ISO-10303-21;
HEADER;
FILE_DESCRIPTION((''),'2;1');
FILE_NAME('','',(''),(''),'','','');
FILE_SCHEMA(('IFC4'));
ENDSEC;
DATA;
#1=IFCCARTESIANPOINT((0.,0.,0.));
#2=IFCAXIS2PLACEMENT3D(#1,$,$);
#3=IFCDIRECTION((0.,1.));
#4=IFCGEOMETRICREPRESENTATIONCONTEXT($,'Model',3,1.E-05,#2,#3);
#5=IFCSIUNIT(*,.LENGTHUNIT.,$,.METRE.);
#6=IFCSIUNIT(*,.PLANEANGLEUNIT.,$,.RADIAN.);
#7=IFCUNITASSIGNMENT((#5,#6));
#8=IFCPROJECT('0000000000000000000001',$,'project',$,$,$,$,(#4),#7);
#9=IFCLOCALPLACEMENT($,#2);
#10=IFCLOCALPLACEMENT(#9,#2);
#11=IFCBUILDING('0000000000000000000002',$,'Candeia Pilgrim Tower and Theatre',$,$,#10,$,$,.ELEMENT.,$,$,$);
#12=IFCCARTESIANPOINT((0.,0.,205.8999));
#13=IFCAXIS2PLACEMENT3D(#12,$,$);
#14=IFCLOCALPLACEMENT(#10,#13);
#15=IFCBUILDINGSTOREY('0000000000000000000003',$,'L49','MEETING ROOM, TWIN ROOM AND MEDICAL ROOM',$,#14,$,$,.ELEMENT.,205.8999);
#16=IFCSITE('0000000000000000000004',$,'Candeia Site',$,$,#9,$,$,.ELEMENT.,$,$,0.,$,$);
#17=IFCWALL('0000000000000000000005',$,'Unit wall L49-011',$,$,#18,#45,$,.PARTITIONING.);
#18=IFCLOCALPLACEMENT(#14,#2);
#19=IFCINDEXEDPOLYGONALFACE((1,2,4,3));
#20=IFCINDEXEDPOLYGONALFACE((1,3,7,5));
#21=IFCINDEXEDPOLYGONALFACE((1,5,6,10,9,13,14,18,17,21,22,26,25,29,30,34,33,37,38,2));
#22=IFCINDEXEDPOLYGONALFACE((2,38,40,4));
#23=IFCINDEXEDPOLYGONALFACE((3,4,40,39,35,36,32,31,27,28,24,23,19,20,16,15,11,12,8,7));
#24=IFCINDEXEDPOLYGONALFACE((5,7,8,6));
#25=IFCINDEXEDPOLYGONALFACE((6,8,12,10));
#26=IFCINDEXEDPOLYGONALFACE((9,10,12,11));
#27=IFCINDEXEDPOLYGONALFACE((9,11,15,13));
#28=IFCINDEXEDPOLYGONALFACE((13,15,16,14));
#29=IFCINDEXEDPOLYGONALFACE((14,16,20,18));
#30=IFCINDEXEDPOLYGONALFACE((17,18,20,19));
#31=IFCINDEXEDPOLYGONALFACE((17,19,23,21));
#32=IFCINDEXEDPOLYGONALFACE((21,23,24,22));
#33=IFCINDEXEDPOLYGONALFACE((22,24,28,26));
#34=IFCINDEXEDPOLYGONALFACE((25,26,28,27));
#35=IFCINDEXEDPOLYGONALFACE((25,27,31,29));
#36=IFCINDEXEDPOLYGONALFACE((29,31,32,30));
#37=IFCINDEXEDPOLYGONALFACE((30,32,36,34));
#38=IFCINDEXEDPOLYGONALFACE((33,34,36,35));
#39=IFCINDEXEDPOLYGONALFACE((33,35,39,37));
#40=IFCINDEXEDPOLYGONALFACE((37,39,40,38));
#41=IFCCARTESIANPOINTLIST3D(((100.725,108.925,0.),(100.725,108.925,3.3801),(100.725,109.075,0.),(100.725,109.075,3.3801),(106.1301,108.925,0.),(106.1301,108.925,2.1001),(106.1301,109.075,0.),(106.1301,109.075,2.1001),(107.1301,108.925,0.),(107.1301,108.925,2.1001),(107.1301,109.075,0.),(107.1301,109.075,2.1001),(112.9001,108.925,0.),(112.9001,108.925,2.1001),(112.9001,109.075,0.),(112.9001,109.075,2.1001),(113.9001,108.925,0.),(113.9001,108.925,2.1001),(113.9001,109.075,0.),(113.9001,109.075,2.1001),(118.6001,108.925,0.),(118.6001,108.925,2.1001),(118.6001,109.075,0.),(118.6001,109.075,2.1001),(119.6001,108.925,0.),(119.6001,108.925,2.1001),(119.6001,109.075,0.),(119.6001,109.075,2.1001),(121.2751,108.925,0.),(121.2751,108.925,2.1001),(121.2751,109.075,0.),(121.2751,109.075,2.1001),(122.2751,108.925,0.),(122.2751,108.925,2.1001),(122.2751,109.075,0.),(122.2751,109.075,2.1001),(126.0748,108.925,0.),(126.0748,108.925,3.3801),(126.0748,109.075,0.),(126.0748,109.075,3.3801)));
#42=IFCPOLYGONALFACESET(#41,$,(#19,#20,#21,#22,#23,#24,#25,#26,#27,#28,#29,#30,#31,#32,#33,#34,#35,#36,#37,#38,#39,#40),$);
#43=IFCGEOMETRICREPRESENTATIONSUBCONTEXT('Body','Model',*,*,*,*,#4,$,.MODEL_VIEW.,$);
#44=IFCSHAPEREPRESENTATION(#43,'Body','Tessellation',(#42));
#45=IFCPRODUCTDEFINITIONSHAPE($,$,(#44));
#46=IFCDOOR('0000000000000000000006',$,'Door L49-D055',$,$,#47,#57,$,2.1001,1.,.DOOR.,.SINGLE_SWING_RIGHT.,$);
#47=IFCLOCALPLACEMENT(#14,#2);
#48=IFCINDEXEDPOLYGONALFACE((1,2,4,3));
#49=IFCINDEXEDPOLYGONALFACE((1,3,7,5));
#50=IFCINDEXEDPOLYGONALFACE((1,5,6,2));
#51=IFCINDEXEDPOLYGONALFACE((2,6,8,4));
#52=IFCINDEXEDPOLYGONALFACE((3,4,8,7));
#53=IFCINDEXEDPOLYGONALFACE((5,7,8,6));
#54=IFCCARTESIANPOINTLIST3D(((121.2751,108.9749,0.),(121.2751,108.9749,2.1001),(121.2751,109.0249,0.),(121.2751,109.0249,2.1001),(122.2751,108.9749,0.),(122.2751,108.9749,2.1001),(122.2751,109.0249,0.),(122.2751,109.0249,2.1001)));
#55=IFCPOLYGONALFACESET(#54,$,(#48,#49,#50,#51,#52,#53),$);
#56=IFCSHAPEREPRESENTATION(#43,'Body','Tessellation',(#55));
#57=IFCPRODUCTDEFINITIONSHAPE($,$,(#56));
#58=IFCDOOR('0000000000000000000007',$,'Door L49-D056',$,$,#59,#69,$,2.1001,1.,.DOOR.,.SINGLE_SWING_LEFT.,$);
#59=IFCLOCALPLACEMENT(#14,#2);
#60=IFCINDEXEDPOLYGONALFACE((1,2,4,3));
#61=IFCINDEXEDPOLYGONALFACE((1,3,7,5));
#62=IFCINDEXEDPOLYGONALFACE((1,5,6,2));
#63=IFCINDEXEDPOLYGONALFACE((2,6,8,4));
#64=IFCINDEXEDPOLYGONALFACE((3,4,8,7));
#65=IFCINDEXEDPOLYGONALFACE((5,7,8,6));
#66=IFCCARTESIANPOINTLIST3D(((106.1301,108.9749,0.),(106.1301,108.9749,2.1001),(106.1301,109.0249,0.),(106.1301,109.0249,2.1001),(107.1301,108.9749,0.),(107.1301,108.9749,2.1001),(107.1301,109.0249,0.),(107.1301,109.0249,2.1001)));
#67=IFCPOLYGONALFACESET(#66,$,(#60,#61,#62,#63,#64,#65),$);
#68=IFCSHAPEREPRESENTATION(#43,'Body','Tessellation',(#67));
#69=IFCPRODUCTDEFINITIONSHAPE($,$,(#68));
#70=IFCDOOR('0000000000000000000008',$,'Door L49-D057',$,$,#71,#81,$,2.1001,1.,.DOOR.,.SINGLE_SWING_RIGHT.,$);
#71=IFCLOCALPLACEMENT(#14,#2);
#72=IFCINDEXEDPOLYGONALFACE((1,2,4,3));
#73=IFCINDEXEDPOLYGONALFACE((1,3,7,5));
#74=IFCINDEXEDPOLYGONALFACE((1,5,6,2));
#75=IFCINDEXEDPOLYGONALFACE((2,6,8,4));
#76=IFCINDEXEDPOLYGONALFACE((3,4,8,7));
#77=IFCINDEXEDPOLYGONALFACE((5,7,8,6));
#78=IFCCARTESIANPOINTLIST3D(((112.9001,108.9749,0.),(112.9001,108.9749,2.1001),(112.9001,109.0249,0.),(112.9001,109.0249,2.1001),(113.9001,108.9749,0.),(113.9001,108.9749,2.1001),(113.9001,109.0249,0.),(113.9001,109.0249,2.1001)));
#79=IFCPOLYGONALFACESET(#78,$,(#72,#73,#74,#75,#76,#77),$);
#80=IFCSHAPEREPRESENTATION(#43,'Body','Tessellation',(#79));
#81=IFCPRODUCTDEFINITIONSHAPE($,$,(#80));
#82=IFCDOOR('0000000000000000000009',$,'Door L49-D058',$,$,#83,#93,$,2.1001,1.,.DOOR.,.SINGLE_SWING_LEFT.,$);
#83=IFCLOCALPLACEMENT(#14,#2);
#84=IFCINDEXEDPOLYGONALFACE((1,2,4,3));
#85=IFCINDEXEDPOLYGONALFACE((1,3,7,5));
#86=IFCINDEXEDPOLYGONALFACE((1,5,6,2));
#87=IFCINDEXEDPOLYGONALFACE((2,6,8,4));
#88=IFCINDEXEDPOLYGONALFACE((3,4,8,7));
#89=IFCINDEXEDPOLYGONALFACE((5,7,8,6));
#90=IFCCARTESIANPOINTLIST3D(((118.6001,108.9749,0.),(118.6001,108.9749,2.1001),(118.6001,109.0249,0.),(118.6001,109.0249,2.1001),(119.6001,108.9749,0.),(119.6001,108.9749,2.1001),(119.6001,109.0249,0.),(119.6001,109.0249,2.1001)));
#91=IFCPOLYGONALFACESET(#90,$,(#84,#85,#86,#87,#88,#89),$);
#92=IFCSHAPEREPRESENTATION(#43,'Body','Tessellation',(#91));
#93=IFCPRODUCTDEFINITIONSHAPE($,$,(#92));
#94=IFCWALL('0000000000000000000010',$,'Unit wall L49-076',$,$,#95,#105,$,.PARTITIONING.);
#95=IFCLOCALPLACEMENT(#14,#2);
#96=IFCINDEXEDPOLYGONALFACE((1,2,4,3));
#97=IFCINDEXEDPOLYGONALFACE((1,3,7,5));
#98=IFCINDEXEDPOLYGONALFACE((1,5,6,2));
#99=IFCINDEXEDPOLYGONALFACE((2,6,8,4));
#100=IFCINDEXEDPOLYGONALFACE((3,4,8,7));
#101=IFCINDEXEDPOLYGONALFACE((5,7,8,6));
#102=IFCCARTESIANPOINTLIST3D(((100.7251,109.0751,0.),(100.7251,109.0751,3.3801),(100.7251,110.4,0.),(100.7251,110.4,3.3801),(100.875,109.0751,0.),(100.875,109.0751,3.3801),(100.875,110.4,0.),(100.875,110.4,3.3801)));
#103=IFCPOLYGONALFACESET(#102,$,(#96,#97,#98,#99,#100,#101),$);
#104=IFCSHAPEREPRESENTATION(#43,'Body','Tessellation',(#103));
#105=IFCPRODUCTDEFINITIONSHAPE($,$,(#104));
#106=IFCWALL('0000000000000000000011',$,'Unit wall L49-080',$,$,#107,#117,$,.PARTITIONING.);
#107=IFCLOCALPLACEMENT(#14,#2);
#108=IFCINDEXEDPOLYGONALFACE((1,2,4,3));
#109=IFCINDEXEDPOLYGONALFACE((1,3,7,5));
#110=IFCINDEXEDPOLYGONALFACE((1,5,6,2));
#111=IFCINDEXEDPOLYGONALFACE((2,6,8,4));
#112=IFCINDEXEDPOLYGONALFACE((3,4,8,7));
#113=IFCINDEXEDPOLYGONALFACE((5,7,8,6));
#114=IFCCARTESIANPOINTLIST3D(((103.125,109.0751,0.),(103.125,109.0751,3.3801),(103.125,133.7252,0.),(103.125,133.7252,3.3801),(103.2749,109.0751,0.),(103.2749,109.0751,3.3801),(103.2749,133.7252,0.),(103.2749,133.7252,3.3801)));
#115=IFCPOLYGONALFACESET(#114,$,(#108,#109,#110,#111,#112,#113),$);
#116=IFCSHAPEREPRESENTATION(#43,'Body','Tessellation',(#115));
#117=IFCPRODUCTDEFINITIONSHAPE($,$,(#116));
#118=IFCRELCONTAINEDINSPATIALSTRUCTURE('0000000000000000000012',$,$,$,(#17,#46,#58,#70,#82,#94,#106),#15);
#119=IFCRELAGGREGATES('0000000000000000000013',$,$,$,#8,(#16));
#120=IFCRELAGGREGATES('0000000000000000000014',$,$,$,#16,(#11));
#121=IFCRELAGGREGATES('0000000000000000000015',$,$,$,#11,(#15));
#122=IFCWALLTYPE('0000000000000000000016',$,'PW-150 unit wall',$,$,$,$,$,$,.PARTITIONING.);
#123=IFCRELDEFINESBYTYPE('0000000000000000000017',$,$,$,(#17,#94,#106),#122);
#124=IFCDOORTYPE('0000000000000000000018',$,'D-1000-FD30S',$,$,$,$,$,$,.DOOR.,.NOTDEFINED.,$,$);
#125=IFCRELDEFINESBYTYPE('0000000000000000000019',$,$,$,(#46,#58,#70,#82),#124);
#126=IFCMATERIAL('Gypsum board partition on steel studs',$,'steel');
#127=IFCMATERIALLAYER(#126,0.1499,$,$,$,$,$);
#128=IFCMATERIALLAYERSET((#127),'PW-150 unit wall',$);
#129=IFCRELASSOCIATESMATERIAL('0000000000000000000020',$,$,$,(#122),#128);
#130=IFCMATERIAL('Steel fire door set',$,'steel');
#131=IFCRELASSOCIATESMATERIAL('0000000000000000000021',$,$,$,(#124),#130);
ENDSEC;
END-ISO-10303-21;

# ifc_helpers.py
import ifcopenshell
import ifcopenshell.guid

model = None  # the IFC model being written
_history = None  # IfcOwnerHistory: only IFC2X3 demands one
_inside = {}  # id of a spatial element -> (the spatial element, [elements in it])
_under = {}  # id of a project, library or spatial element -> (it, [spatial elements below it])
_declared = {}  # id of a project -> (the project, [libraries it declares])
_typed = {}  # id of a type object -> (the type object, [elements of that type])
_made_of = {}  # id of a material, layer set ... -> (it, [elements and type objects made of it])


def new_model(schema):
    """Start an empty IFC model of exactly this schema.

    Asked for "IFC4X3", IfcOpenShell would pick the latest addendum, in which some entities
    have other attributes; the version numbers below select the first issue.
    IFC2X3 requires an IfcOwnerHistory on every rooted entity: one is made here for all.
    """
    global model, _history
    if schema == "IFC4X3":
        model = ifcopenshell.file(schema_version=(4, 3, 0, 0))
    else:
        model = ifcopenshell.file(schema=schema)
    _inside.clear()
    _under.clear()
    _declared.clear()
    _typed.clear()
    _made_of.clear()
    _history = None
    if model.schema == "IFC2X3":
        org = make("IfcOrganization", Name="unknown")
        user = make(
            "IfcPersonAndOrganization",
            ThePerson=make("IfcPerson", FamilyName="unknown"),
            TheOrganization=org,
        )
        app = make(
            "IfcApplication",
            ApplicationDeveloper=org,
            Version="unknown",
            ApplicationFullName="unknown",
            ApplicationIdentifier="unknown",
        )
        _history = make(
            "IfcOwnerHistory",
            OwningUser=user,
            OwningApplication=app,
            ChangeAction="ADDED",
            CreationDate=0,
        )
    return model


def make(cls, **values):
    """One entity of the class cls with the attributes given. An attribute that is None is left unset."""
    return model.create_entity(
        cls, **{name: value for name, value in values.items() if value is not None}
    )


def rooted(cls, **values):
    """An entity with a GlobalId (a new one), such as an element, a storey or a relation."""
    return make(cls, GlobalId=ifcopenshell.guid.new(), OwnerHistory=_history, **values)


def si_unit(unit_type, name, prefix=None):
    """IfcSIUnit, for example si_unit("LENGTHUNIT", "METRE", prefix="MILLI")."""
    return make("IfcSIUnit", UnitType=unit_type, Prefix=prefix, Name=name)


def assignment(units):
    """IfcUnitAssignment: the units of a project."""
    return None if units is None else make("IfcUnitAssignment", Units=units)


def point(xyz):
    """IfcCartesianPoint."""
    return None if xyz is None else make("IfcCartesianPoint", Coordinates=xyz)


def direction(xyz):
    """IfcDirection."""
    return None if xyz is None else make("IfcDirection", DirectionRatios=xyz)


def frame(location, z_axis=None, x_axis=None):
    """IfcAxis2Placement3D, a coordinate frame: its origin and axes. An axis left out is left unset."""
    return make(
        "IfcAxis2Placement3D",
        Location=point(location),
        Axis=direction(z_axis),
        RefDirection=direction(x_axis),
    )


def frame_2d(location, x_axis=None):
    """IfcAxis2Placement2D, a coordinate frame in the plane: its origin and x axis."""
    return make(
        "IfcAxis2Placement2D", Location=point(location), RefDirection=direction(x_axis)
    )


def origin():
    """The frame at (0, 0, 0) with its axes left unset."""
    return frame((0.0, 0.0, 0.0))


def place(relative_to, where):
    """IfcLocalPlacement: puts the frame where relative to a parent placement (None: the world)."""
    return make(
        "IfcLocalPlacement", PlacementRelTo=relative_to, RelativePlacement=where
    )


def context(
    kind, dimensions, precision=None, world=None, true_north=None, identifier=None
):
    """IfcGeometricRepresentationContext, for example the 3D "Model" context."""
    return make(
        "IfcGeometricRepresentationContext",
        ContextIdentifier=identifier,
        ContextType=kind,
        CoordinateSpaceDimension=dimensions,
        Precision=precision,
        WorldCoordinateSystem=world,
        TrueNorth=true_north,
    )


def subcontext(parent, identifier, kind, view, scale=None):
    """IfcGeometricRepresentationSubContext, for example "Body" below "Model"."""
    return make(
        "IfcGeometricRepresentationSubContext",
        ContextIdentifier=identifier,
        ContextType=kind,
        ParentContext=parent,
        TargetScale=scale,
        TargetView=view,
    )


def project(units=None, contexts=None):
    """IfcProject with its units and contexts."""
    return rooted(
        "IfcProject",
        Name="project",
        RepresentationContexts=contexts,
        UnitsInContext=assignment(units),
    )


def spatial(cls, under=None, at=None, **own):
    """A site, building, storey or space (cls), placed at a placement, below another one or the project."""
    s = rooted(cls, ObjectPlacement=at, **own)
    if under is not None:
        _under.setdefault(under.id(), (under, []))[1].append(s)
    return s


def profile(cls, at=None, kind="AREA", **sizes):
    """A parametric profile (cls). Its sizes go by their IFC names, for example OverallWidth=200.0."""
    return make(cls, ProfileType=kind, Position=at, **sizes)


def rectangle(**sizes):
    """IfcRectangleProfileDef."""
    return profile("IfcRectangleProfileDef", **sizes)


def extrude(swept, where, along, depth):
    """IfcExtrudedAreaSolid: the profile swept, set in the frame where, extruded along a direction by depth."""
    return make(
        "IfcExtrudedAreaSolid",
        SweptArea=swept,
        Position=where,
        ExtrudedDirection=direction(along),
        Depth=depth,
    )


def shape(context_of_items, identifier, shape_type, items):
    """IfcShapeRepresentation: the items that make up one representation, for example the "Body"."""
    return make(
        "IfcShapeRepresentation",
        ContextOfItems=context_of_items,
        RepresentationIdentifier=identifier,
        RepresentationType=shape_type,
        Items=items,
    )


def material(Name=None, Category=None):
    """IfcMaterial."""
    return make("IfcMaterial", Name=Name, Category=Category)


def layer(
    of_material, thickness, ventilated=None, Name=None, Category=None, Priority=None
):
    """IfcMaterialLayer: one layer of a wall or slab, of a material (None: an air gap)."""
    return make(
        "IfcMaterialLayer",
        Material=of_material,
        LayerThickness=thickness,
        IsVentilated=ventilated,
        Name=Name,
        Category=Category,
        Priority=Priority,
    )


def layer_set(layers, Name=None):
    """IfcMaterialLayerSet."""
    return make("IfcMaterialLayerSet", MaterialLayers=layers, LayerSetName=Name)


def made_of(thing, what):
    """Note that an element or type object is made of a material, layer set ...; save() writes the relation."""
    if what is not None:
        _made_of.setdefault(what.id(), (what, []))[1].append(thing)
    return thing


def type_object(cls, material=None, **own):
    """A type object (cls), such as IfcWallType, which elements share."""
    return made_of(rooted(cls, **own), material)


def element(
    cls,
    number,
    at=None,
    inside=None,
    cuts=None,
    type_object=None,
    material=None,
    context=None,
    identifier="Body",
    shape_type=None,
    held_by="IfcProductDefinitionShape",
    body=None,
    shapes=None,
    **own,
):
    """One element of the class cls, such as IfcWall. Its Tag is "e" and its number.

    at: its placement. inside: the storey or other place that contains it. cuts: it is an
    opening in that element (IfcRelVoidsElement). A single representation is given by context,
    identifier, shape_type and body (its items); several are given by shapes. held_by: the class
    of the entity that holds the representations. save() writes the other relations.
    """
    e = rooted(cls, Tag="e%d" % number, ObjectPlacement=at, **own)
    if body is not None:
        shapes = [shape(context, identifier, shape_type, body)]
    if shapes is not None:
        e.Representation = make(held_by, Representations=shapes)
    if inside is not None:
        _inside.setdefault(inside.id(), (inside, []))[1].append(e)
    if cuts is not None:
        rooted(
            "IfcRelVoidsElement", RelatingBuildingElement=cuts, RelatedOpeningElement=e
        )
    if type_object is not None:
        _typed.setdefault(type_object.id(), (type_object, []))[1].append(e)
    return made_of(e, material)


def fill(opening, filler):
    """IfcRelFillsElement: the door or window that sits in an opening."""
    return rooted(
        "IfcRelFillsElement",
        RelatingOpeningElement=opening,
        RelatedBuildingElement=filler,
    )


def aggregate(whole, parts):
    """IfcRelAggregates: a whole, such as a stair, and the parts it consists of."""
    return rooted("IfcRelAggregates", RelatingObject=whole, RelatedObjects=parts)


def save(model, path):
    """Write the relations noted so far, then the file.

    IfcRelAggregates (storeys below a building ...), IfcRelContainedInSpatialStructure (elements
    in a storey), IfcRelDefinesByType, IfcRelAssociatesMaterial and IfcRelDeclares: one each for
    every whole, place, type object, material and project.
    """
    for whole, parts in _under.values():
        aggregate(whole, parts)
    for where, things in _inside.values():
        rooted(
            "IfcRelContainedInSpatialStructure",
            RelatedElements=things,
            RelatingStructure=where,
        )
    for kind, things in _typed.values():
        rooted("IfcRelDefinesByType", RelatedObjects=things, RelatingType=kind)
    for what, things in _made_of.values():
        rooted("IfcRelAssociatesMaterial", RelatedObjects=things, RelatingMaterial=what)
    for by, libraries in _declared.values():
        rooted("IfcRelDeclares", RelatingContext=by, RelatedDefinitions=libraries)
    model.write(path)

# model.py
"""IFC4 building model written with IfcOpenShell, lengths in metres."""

from ifc_helpers import new_model, si_unit, direction, frame, frame_2d, origin, place, context, subcontext, project, spatial, rectangle, extrude, material, layer, layer_set, type_object, element, fill, save


model = new_model("IFC4")

# Units and contexts
model_context = context("Model", 3, precision=1e-05, world=origin(), true_north=direction((0.0, 1.0)))
body_context = subcontext(model_context, "Body", "Model", "MODEL_VIEW")
ifc_project = project(units=[si_unit("LENGTHUNIT", "METRE"), si_unit("PLANEANGLEUNIT", "RADIAN")], contexts=[model_context])

# Site, building, storey
site_placement = place(None, origin())
site = spatial("IfcSite", under=ifc_project, at=site_placement, Name="Candeia Site", CompositionType="ELEMENT", RefElevation=0.0)
building_placement = place(site_placement, origin())
building = spatial("IfcBuilding", under=site, at=building_placement, Name="Candeia Pilgrim Tower and Theatre", CompositionType="ELEMENT")
storey_placement = place(building_placement, frame((0.0, 0.0, 205.8999)))
storey = spatial("IfcBuildingStorey", under=building, at=storey_placement, Name="L49", Description="MEETING ROOM, TWIN ROOM AND MEDICAL ROOM", CompositionType="ELEMENT", Elevation=205.8999)

# Shared definitions
ifc_material_1 = material(Name="Steel fire door set", Category="steel")
ifc_material_2 = material(Name="Gypsum board partition on steel studs", Category="steel")

# Wall, openings, doors
ifc_layer_1 = layer(ifc_material_2, 0.1499)
ifc_layer_set_1 = layer_set([ifc_layer_1], Name="PW-150 unit wall")
wall_type_1 = type_object("IfcWallType", Name="PW-150 unit wall", PredefinedType="PARTITIONING", material=ifc_layer_set_1)
wall_1_placement = place(storey_placement, frame((100.7251, 109.0, 0.0), z_axis=(0.0, 0.0, 1.0), x_axis=(1.0, 0.0, 0.0)))
wall_1 = element("IfcWall", 1, at=wall_1_placement, inside=storey, type_object=wall_type_1, Name="Unit wall L49-011", PredefinedType="PARTITIONING", context=body_context, shape_type="SweptSolid", body=[
    extrude(rectangle(XDim=25.3499, YDim=0.1499, at=frame_2d((12.6748, 0.0))), origin(), (0.0, 0.0, 1.0), 3.3801),
])
opening_1_placement = place(wall_1_placement, frame((20.55, 0.0, 0.0)))
opening_1 = element("IfcOpeningElement", 2, at=opening_1_placement, cuts=wall_1, PredefinedType="OPENING", context=body_context, shape_type="SweptSolid", body=[
    extrude(rectangle(XDim=1.0, YDim=2.1001, at=frame_2d((0.5, 1.05))), frame((0.0, 0.085, 0.0), z_axis=(0.0, -1.0, 0.0), x_axis=(1.0, 0.0, 0.0)), (0.0, 0.0, 1.0), 0.1699),
])
opening_2_placement = place(wall_1_placement, frame((5.405, 0.0, 0.0)))
opening_2 = element("IfcOpeningElement", 3, at=opening_2_placement, cuts=wall_1, PredefinedType="OPENING", context=body_context, shape_type="SweptSolid", body=[
    extrude(rectangle(XDim=1.0, YDim=2.1001, at=frame_2d((0.5, 1.05))), frame((0.0, 0.085, 0.0), z_axis=(0.0, -1.0, 0.0), x_axis=(1.0, 0.0, 0.0)), (0.0, 0.0, 1.0), 0.1699),
])
opening_3_placement = place(wall_1_placement, frame((12.175, 0.0, 0.0)))
opening_3 = element("IfcOpeningElement", 4, at=opening_3_placement, cuts=wall_1, PredefinedType="OPENING", context=body_context, shape_type="SweptSolid", body=[
    extrude(rectangle(XDim=1.0, YDim=2.1001, at=frame_2d((0.5, 1.05))), frame((0.0, 0.085, 0.0), z_axis=(0.0, -1.0, 0.0), x_axis=(1.0, 0.0, 0.0)), (0.0, 0.0, 1.0), 0.1699),
])
opening_4_placement = place(wall_1_placement, frame((17.875, 0.0, 0.0)))
opening_4 = element("IfcOpeningElement", 5, at=opening_4_placement, cuts=wall_1, PredefinedType="OPENING", context=body_context, shape_type="SweptSolid", body=[
    extrude(rectangle(XDim=1.0, YDim=2.1001, at=frame_2d((0.5, 1.05))), frame((0.0, 0.085, 0.0), z_axis=(0.0, -1.0, 0.0), x_axis=(1.0, 0.0, 0.0)), (0.0, 0.0, 1.0), 0.1699),
])
door_type_1 = type_object("IfcDoorType", Name="D-1000-FD30S", OperationType="NOTDEFINED", PredefinedType="DOOR", material=ifc_material_1)
door_1_placement = place(opening_1_placement, origin())
door_1 = element("IfcDoor", 6, at=door_1_placement, inside=storey, type_object=door_type_1, Name="Door L49-D055", OperationType="SINGLE_SWING_RIGHT", OverallHeight=2.1001, OverallWidth=1.0, PredefinedType="DOOR", context=body_context, shape_type="SweptSolid", body=[
    extrude(rectangle(XDim=1.0, YDim=2.1001, at=frame_2d((0.5, 1.05))), frame((0.0, 0.0249, 0.0), z_axis=(0.0, -1.0, 0.0), x_axis=(1.0, 0.0, 0.0)), (0.0, 0.0, 1.0), 0.05),
])
fill(opening_1, door_1)
door_2_placement = place(opening_2_placement, origin())
door_2 = element("IfcDoor", 7, at=door_2_placement, inside=storey, type_object=door_type_1, Name="Door L49-D056", OperationType="SINGLE_SWING_LEFT", OverallHeight=2.1001, OverallWidth=1.0, PredefinedType="DOOR", context=body_context, shape_type="SweptSolid", body=[
    extrude(rectangle(XDim=1.0, YDim=2.1001, at=frame_2d((0.5, 1.05))), frame((0.0, 0.0249, 0.0), z_axis=(0.0, -1.0, 0.0), x_axis=(1.0, 0.0, 0.0)), (0.0, 0.0, 1.0), 0.05),
])
fill(opening_2, door_2)
door_3_placement = place(opening_3_placement, origin())
door_3 = element("IfcDoor", 8, at=door_3_placement, inside=storey, type_object=door_type_1, Name="Door L49-D057", OperationType="SINGLE_SWING_RIGHT", OverallHeight=2.1001, OverallWidth=1.0, PredefinedType="DOOR", context=body_context, shape_type="SweptSolid", body=[
    extrude(rectangle(XDim=1.0, YDim=2.1001, at=frame_2d((0.5, 1.05))), frame((0.0, 0.0249, 0.0), z_axis=(0.0, -1.0, 0.0), x_axis=(1.0, 0.0, 0.0)), (0.0, 0.0, 1.0), 0.05),
])
fill(opening_3, door_3)
door_4_placement = place(opening_4_placement, origin())
door_4 = element("IfcDoor", 9, at=door_4_placement, inside=storey, type_object=door_type_1, Name="Door L49-D058", OperationType="SINGLE_SWING_LEFT", OverallHeight=2.1001, OverallWidth=1.0, PredefinedType="DOOR", context=body_context, shape_type="SweptSolid", body=[
    extrude(rectangle(XDim=1.0, YDim=2.1001, at=frame_2d((0.5, 1.05))), frame((0.0, 0.0249, 0.0), z_axis=(0.0, -1.0, 0.0), x_axis=(1.0, 0.0, 0.0)), (0.0, 0.0, 1.0), 0.05),
])
fill(opening_4, door_4)

# Walls
wall_2_placement = place(storey_placement, frame((100.8, 109.075, 0.0), z_axis=(0.0, 0.0, 1.0), x_axis=(0.0, 1.0, 0.0)))
element("IfcWall", 10, at=wall_2_placement, inside=storey, type_object=wall_type_1, Name="Unit wall L49-076", PredefinedType="PARTITIONING", context=body_context, shape_type="SweptSolid", body=[
    extrude(rectangle(XDim=1.325, YDim=0.1499, at=frame_2d((0.6626, 0.0))), origin(), (0.0, 0.0, 1.0), 3.3801),
])
wall_3_placement = place(storey_placement, frame((103.2, 109.075, 0.0), z_axis=(0.0, 0.0, 1.0), x_axis=(0.0, 1.0, 0.0)))
element("IfcWall", 11, at=wall_3_placement, inside=storey, type_object=wall_type_1, Name="Unit wall L49-080", PredefinedType="PARTITIONING", context=body_context, shape_type="SweptSolid", body=[
    extrude(rectangle(XDim=24.6501, YDim=0.1499, at=frame_2d((12.3252, 0.0))), origin(), (0.0, 0.0, 1.0), 3.3801),
])

save(model, "model.ifc")
